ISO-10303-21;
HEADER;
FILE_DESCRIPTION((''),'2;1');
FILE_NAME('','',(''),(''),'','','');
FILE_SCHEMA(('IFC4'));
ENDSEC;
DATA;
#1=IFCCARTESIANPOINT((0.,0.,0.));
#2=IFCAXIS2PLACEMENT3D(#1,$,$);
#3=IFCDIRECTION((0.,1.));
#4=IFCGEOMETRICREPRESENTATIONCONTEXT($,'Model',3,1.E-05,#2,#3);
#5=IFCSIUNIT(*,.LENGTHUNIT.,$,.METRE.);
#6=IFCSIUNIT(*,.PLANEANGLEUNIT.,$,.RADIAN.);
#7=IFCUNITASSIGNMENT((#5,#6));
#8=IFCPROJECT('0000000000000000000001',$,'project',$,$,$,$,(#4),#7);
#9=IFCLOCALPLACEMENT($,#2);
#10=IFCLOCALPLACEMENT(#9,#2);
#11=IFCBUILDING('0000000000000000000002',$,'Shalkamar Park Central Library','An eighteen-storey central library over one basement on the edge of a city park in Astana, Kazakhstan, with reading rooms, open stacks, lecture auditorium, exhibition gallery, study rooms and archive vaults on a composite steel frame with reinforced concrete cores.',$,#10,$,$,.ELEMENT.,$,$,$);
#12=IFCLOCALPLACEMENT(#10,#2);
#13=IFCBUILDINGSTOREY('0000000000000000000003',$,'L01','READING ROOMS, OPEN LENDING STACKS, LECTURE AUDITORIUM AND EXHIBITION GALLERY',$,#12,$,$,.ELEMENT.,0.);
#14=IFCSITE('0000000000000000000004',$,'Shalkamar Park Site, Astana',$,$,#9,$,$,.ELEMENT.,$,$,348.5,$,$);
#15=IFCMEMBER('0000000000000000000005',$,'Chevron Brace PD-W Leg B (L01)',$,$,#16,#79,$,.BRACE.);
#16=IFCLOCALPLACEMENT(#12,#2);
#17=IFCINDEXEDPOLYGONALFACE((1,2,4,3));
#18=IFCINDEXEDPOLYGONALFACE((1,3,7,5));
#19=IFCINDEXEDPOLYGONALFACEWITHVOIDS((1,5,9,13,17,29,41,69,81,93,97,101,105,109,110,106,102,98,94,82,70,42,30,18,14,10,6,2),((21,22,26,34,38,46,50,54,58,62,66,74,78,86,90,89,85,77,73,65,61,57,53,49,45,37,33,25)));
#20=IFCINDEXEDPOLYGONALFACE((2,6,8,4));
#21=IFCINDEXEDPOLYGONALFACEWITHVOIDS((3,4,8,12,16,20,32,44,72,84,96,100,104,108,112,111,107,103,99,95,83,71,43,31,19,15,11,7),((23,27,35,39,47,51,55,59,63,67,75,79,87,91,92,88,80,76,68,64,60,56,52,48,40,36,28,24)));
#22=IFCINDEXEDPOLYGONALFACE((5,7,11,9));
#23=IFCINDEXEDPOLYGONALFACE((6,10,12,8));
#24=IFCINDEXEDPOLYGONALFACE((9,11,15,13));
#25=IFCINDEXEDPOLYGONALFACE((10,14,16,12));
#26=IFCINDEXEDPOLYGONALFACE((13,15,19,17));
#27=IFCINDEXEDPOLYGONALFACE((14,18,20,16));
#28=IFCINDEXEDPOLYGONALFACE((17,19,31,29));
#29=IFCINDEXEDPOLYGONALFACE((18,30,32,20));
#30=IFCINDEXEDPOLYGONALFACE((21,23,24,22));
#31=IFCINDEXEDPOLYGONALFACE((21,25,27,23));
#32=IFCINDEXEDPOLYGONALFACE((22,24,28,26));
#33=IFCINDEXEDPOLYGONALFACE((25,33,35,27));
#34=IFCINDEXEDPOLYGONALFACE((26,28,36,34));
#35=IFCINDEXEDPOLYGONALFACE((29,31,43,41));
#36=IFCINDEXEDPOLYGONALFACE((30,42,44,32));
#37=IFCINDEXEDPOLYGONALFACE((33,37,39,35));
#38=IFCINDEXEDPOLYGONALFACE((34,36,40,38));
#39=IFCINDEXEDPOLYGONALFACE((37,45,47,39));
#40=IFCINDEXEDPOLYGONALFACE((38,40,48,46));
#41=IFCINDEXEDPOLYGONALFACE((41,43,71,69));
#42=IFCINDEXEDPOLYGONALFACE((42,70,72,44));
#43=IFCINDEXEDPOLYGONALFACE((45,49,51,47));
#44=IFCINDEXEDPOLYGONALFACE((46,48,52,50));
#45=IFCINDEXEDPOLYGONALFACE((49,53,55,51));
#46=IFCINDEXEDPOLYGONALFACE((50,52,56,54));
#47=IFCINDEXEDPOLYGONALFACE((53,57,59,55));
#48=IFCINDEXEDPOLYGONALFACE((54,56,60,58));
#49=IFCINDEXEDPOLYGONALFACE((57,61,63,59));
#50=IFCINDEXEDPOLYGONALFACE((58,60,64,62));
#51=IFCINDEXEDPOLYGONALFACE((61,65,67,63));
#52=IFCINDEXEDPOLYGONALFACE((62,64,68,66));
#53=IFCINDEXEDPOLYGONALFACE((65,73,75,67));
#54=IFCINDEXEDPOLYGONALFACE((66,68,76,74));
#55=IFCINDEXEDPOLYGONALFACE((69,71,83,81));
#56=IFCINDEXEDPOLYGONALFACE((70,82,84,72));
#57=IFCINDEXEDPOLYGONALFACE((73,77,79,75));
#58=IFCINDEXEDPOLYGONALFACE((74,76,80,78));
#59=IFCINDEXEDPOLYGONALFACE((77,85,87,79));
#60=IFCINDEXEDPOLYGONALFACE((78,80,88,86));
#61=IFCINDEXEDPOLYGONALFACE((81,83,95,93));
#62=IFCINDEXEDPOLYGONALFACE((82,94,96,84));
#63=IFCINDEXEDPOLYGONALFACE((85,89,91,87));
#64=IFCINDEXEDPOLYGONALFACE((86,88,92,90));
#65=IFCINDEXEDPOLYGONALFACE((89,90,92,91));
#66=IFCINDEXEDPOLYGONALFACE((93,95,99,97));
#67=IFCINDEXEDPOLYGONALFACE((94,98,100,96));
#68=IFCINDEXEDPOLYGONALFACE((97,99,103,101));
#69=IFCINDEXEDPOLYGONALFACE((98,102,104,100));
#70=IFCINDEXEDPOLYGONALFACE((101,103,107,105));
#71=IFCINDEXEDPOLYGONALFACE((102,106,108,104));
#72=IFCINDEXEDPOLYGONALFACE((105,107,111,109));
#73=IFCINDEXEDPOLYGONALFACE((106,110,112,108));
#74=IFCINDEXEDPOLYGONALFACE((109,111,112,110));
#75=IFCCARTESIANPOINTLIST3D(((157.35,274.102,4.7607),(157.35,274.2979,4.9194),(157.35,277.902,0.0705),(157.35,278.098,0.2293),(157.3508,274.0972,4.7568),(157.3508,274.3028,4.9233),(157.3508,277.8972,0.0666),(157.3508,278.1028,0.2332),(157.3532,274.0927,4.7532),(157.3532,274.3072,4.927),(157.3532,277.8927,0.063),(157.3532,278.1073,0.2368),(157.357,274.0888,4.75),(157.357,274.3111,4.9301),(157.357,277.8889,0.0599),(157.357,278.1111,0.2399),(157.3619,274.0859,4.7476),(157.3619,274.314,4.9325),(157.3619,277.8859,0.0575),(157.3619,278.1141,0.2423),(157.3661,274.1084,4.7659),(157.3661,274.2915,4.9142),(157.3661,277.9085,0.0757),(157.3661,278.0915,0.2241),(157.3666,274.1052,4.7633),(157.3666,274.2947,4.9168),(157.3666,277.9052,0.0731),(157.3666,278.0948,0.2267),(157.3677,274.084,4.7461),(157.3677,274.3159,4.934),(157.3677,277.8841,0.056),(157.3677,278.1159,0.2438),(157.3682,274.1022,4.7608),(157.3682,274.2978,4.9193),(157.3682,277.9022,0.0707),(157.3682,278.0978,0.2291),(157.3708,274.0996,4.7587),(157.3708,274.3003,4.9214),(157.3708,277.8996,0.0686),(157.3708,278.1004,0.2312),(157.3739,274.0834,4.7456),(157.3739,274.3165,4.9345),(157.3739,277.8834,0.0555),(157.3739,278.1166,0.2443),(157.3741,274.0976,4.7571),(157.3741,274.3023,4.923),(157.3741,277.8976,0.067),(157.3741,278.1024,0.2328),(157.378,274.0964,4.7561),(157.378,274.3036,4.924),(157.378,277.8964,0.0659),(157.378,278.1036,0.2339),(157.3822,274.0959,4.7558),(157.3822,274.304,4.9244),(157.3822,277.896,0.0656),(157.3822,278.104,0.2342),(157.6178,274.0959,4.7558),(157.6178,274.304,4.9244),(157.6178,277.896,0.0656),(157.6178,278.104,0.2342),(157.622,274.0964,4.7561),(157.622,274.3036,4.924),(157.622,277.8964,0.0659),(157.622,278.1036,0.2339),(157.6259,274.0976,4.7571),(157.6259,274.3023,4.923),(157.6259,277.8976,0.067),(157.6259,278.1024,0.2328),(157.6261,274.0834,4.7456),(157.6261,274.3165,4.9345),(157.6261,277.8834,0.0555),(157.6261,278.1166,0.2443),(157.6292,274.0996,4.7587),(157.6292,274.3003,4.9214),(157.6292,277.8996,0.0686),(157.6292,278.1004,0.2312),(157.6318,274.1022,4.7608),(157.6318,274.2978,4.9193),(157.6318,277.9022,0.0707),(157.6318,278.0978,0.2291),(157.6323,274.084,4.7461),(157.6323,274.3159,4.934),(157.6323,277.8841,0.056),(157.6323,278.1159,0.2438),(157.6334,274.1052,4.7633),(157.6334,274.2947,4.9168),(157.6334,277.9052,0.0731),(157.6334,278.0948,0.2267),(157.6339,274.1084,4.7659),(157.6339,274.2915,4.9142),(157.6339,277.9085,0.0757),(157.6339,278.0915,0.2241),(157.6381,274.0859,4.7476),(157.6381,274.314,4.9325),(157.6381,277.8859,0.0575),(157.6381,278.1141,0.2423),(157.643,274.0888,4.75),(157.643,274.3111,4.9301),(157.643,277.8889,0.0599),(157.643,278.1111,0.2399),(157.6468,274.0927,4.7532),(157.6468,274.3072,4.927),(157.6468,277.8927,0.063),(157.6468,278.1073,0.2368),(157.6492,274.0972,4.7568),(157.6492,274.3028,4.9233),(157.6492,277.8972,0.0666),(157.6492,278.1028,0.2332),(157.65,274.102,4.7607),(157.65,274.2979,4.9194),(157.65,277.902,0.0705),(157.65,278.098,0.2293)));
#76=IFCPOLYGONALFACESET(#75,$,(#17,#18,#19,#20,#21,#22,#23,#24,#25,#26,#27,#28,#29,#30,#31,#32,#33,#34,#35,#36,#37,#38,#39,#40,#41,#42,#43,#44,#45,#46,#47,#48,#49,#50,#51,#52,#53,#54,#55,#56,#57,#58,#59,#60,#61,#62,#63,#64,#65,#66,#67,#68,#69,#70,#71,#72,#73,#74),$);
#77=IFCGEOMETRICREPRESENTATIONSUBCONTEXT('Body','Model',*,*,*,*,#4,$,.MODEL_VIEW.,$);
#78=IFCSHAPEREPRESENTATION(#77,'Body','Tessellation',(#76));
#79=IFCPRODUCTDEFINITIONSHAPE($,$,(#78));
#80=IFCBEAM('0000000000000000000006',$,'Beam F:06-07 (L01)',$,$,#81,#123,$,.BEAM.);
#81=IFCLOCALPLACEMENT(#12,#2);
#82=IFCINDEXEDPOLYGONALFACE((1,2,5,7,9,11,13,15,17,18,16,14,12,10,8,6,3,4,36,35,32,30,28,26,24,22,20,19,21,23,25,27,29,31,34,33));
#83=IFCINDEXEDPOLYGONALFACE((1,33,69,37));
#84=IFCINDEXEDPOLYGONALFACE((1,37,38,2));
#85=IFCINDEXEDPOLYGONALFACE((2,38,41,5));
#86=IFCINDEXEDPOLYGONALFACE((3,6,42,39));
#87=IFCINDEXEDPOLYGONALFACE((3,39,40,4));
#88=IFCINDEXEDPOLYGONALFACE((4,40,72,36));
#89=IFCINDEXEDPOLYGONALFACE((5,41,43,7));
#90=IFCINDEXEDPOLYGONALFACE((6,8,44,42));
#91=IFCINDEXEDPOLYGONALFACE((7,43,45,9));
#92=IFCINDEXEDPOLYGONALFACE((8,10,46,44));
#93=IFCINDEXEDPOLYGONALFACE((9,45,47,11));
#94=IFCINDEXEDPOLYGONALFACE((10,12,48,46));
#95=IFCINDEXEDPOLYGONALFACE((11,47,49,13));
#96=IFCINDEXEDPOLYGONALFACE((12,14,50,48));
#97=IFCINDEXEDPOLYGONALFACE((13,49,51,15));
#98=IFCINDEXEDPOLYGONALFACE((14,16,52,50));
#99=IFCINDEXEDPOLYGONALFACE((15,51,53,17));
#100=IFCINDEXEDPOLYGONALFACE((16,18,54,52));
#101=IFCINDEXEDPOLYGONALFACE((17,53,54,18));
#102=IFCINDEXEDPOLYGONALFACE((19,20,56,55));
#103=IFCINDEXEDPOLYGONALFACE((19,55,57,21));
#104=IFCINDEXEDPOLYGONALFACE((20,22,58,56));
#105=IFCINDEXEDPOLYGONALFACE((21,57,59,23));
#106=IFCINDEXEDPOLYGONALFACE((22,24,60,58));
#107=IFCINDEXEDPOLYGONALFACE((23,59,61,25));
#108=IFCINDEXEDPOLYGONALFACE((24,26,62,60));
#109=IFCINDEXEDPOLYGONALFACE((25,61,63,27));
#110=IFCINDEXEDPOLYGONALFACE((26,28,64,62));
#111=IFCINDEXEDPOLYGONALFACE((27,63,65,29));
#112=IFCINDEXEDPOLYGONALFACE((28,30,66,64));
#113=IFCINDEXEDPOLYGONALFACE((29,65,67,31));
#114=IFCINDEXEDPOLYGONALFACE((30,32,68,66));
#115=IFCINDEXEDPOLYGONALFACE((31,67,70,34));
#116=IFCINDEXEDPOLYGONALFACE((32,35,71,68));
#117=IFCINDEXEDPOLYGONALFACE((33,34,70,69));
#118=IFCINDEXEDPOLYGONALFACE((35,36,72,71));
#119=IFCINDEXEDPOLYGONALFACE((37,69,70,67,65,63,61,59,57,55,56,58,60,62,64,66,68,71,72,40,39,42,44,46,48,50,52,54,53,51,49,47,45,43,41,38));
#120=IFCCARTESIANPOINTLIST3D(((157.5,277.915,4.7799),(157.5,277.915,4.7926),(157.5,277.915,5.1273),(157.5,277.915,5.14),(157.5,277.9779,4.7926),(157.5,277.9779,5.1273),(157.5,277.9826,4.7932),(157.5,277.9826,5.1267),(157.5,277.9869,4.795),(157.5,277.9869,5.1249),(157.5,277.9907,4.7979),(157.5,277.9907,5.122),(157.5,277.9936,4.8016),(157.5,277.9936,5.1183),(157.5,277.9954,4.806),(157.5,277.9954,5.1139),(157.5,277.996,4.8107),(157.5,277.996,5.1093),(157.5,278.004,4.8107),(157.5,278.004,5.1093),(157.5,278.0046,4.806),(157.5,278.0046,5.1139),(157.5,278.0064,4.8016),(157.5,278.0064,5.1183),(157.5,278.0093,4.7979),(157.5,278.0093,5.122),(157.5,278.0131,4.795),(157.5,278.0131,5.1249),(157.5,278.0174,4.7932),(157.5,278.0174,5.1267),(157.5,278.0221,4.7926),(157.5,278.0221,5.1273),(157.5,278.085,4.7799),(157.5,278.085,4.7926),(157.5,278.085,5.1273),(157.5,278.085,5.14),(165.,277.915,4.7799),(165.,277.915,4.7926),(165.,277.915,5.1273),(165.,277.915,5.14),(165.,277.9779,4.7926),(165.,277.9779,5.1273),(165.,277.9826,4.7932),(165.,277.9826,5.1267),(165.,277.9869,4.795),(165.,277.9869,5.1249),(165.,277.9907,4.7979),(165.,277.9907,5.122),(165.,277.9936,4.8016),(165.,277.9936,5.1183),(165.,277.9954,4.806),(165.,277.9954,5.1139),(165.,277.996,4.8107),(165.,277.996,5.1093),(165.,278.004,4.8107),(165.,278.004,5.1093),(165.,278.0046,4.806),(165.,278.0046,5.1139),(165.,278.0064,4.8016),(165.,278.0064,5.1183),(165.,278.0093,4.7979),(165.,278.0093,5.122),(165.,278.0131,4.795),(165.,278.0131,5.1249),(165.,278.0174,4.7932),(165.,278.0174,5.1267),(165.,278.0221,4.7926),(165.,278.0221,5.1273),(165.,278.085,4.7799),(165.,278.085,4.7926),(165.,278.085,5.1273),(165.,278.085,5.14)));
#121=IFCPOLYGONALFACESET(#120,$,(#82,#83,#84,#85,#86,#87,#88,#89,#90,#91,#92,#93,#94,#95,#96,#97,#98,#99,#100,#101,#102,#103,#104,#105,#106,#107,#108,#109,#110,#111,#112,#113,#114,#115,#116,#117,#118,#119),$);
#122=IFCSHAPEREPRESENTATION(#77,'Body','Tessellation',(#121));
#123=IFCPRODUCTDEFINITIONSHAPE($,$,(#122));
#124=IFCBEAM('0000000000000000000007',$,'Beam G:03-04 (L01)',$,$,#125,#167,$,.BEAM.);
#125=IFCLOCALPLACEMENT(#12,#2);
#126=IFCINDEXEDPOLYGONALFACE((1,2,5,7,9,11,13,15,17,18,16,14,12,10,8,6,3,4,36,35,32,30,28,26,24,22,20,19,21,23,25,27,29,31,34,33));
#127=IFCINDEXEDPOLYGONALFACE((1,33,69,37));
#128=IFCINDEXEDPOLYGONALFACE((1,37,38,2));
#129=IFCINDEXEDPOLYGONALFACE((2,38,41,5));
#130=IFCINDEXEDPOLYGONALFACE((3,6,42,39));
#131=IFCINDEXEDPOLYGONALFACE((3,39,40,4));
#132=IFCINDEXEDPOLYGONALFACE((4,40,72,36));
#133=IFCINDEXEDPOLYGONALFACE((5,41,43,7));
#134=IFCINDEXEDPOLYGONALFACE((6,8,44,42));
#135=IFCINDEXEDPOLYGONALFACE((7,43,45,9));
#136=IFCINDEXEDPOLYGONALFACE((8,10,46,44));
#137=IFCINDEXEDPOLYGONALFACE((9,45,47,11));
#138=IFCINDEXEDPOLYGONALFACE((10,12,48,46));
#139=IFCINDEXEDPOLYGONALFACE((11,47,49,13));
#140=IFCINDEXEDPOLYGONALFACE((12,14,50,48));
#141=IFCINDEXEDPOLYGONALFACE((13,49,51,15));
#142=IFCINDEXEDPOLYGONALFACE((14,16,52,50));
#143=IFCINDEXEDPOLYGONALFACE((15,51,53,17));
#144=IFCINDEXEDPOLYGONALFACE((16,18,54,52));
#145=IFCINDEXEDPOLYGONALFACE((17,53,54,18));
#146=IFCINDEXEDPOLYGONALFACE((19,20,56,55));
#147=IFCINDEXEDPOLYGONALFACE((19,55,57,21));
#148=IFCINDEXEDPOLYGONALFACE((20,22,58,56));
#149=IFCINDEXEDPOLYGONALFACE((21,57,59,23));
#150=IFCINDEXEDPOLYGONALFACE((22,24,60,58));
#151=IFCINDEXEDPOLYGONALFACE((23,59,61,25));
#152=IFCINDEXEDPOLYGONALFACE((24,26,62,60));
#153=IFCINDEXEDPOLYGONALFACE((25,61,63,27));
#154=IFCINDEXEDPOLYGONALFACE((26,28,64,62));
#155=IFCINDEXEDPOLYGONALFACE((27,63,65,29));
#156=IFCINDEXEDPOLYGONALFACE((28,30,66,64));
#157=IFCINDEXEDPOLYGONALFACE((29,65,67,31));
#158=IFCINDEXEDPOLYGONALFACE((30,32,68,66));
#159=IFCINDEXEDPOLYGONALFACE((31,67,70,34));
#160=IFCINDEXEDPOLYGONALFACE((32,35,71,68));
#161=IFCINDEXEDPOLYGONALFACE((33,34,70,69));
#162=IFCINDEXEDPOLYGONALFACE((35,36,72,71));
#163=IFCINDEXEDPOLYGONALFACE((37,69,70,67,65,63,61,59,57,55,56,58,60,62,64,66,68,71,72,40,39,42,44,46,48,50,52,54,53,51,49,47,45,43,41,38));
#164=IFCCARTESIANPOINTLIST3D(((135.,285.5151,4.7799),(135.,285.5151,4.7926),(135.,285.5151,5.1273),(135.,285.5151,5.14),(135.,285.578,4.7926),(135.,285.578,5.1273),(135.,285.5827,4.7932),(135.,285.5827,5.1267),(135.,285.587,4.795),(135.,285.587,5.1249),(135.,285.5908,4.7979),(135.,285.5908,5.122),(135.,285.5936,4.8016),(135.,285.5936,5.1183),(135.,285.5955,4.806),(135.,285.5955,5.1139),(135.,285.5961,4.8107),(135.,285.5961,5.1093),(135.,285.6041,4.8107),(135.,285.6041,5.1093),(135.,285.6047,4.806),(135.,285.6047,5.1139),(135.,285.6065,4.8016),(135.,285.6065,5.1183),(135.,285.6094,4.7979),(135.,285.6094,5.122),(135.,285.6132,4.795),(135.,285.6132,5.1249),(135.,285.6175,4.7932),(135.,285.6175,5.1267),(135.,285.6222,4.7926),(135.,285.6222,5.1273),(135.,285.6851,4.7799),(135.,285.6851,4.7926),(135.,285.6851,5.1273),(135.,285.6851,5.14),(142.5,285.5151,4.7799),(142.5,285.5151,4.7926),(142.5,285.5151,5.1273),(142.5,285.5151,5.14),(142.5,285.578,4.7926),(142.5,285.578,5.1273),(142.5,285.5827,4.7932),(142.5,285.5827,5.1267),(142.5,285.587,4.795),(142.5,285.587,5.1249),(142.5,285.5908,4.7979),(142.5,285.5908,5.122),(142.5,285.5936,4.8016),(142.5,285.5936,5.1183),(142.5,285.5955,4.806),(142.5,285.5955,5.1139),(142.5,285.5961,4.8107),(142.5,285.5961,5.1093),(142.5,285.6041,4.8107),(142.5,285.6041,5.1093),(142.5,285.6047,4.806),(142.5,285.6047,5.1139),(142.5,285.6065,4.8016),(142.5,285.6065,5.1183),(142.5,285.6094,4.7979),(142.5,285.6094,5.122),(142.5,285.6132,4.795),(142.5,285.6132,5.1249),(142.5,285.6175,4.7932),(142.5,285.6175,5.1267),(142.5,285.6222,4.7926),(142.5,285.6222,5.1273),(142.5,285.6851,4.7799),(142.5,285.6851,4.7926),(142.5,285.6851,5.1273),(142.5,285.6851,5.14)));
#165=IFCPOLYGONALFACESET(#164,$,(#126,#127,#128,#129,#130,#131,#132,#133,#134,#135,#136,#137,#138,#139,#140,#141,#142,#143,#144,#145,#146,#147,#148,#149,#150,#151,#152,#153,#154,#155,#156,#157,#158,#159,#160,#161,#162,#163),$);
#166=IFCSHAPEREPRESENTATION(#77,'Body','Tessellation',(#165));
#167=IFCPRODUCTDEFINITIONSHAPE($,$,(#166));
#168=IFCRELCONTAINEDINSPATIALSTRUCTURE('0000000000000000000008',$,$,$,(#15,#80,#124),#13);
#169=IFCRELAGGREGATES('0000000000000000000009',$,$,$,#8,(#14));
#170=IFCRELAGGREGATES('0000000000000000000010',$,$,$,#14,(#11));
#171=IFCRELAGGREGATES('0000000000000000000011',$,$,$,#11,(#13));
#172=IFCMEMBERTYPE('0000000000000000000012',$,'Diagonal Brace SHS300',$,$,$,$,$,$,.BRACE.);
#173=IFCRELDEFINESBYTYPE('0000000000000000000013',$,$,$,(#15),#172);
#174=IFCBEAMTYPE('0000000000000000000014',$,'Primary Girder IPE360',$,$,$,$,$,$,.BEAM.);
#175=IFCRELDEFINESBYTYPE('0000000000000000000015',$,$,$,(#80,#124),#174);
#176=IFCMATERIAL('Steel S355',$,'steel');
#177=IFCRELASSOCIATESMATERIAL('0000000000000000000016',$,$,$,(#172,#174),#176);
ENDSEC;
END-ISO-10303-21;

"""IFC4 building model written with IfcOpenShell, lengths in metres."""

from ifc_helpers import new_model, si_unit, direction, frame, origin, origin_2d, place, context, subcontext, project, spatial, hollow_rectangle, i_section, extrude, material, material_profile, profile_set, type_object, element, save


model = new_model("IFC4")

# Units and contexts
model_context = context("Model", 3, precision=1e-05, world=origin(), true_north=direction((0.0, 1.0)))
body_context = subcontext(model_context, "Body", "Model", "MODEL_VIEW")
ifc_project = project(units=[si_unit("LENGTHUNIT", "METRE"), si_unit("PLANEANGLEUNIT", "RADIAN")], contexts=[model_context])

# Site, building, storey
site_placement = place(None, origin())
site = spatial("IfcSite", under=ifc_project, at=site_placement, Name="Shalkamar Park Site, Astana", CompositionType="ELEMENT", RefElevation=348.5)
building_placement = place(site_placement, origin())
building = spatial("IfcBuilding", under=site, at=building_placement, Name="Shalkamar Park Central Library", Description="An eighteen-storey central library over one basement on the edge of a city park in Astana, Kazakhstan, with reading rooms, open stacks, lecture auditorium, exhibition gallery, study rooms and archive vaults on a composite steel frame with reinforced concrete cores.", CompositionType="ELEMENT")
storey_placement = place(building_placement, origin())
storey = spatial("IfcBuildingStorey", under=building, at=storey_placement, Name="L01", Description="READING ROOMS, OPEN LENDING STACKS, LECTURE AUDITORIUM AND EXHIBITION GALLERY", CompositionType="ELEMENT", Elevation=0.0)

# Shared definitions
ifc_material = material(Name="Steel S355", Category="steel")

# Member
ifc_material_profile_1 = material_profile(ifc_material, hollow_rectangle(XDim=0.3, YDim=0.3, WallThickness=0.0161, InnerFilletRadius=0.0161, OuterFilletRadius=0.0239, at=origin_2d()), Name="SHS 300x300x16")
ifc_profile_set_1 = profile_set([ifc_material_profile_1], Name="Steel S355")
member_type = type_object("IfcMemberType", Name="Diagonal Brace SHS300", PredefinedType="BRACE", material=ifc_profile_set_1)
member_placement = place(storey_placement, frame((157.5, 278.0, 0.1499), z_axis=(0.0, -0.629522, 0.776983), x_axis=(1.0, 0.0, 0.0)))
element("IfcMember", 1, at=member_placement, inside=storey, type_object=member_type, Name="Chevron Brace PD-W Leg B (L01)", PredefinedType="BRACE", context=body_context, shape_type="SweptSolid", body=[
    extrude(hollow_rectangle(XDim=0.3, YDim=0.3, WallThickness=0.0161, InnerFilletRadius=0.0161, OuterFilletRadius=0.0239, at=origin_2d()), origin(), (0.0, 0.0, 1.0), 6.0364),
])

# Beams
ifc_material_profile_2 = material_profile(ifc_material, i_section(OverallWidth=0.1699, OverallDepth=0.3601, WebThickness=0.0081, FlangeThickness=0.0127, FilletRadius=0.0181, at=origin_2d()), Name="IPE 360")
ifc_profile_set_2 = profile_set([ifc_material_profile_2], Name="Steel S355")
beam_type = type_object("IfcBeamType", Name="Primary Girder IPE360", PredefinedType="BEAM", material=ifc_profile_set_2)
for number, where, z_axis, x_axis, name in (
    (2, (157.5, 278.0, 4.96), (1.0, 0.0, 0.0), (0.0, 1.0, 0.0), "Beam F:06-07 (L01)"),
    (3, (135.0, 285.6001, 4.96), (1.0, 0.0, 0.0), (0.0, 1.0, 0.0), "Beam G:03-04 (L01)"),
):
    element("IfcBeam", number, at=place(storey_placement, frame(where, z_axis=z_axis, x_axis=x_axis)), inside=storey, type_object=beam_type, Name=name, PredefinedType="BEAM", context=body_context, shape_type="SweptSolid", body=[
        extrude(i_section(OverallWidth=0.1699, OverallDepth=0.3601, WebThickness=0.0081, FlangeThickness=0.0127, FilletRadius=0.0181, at=origin_2d()), origin(), (0.0, 0.0, 1.0), 7.5),
    ])

save(model, "model.ifc")
